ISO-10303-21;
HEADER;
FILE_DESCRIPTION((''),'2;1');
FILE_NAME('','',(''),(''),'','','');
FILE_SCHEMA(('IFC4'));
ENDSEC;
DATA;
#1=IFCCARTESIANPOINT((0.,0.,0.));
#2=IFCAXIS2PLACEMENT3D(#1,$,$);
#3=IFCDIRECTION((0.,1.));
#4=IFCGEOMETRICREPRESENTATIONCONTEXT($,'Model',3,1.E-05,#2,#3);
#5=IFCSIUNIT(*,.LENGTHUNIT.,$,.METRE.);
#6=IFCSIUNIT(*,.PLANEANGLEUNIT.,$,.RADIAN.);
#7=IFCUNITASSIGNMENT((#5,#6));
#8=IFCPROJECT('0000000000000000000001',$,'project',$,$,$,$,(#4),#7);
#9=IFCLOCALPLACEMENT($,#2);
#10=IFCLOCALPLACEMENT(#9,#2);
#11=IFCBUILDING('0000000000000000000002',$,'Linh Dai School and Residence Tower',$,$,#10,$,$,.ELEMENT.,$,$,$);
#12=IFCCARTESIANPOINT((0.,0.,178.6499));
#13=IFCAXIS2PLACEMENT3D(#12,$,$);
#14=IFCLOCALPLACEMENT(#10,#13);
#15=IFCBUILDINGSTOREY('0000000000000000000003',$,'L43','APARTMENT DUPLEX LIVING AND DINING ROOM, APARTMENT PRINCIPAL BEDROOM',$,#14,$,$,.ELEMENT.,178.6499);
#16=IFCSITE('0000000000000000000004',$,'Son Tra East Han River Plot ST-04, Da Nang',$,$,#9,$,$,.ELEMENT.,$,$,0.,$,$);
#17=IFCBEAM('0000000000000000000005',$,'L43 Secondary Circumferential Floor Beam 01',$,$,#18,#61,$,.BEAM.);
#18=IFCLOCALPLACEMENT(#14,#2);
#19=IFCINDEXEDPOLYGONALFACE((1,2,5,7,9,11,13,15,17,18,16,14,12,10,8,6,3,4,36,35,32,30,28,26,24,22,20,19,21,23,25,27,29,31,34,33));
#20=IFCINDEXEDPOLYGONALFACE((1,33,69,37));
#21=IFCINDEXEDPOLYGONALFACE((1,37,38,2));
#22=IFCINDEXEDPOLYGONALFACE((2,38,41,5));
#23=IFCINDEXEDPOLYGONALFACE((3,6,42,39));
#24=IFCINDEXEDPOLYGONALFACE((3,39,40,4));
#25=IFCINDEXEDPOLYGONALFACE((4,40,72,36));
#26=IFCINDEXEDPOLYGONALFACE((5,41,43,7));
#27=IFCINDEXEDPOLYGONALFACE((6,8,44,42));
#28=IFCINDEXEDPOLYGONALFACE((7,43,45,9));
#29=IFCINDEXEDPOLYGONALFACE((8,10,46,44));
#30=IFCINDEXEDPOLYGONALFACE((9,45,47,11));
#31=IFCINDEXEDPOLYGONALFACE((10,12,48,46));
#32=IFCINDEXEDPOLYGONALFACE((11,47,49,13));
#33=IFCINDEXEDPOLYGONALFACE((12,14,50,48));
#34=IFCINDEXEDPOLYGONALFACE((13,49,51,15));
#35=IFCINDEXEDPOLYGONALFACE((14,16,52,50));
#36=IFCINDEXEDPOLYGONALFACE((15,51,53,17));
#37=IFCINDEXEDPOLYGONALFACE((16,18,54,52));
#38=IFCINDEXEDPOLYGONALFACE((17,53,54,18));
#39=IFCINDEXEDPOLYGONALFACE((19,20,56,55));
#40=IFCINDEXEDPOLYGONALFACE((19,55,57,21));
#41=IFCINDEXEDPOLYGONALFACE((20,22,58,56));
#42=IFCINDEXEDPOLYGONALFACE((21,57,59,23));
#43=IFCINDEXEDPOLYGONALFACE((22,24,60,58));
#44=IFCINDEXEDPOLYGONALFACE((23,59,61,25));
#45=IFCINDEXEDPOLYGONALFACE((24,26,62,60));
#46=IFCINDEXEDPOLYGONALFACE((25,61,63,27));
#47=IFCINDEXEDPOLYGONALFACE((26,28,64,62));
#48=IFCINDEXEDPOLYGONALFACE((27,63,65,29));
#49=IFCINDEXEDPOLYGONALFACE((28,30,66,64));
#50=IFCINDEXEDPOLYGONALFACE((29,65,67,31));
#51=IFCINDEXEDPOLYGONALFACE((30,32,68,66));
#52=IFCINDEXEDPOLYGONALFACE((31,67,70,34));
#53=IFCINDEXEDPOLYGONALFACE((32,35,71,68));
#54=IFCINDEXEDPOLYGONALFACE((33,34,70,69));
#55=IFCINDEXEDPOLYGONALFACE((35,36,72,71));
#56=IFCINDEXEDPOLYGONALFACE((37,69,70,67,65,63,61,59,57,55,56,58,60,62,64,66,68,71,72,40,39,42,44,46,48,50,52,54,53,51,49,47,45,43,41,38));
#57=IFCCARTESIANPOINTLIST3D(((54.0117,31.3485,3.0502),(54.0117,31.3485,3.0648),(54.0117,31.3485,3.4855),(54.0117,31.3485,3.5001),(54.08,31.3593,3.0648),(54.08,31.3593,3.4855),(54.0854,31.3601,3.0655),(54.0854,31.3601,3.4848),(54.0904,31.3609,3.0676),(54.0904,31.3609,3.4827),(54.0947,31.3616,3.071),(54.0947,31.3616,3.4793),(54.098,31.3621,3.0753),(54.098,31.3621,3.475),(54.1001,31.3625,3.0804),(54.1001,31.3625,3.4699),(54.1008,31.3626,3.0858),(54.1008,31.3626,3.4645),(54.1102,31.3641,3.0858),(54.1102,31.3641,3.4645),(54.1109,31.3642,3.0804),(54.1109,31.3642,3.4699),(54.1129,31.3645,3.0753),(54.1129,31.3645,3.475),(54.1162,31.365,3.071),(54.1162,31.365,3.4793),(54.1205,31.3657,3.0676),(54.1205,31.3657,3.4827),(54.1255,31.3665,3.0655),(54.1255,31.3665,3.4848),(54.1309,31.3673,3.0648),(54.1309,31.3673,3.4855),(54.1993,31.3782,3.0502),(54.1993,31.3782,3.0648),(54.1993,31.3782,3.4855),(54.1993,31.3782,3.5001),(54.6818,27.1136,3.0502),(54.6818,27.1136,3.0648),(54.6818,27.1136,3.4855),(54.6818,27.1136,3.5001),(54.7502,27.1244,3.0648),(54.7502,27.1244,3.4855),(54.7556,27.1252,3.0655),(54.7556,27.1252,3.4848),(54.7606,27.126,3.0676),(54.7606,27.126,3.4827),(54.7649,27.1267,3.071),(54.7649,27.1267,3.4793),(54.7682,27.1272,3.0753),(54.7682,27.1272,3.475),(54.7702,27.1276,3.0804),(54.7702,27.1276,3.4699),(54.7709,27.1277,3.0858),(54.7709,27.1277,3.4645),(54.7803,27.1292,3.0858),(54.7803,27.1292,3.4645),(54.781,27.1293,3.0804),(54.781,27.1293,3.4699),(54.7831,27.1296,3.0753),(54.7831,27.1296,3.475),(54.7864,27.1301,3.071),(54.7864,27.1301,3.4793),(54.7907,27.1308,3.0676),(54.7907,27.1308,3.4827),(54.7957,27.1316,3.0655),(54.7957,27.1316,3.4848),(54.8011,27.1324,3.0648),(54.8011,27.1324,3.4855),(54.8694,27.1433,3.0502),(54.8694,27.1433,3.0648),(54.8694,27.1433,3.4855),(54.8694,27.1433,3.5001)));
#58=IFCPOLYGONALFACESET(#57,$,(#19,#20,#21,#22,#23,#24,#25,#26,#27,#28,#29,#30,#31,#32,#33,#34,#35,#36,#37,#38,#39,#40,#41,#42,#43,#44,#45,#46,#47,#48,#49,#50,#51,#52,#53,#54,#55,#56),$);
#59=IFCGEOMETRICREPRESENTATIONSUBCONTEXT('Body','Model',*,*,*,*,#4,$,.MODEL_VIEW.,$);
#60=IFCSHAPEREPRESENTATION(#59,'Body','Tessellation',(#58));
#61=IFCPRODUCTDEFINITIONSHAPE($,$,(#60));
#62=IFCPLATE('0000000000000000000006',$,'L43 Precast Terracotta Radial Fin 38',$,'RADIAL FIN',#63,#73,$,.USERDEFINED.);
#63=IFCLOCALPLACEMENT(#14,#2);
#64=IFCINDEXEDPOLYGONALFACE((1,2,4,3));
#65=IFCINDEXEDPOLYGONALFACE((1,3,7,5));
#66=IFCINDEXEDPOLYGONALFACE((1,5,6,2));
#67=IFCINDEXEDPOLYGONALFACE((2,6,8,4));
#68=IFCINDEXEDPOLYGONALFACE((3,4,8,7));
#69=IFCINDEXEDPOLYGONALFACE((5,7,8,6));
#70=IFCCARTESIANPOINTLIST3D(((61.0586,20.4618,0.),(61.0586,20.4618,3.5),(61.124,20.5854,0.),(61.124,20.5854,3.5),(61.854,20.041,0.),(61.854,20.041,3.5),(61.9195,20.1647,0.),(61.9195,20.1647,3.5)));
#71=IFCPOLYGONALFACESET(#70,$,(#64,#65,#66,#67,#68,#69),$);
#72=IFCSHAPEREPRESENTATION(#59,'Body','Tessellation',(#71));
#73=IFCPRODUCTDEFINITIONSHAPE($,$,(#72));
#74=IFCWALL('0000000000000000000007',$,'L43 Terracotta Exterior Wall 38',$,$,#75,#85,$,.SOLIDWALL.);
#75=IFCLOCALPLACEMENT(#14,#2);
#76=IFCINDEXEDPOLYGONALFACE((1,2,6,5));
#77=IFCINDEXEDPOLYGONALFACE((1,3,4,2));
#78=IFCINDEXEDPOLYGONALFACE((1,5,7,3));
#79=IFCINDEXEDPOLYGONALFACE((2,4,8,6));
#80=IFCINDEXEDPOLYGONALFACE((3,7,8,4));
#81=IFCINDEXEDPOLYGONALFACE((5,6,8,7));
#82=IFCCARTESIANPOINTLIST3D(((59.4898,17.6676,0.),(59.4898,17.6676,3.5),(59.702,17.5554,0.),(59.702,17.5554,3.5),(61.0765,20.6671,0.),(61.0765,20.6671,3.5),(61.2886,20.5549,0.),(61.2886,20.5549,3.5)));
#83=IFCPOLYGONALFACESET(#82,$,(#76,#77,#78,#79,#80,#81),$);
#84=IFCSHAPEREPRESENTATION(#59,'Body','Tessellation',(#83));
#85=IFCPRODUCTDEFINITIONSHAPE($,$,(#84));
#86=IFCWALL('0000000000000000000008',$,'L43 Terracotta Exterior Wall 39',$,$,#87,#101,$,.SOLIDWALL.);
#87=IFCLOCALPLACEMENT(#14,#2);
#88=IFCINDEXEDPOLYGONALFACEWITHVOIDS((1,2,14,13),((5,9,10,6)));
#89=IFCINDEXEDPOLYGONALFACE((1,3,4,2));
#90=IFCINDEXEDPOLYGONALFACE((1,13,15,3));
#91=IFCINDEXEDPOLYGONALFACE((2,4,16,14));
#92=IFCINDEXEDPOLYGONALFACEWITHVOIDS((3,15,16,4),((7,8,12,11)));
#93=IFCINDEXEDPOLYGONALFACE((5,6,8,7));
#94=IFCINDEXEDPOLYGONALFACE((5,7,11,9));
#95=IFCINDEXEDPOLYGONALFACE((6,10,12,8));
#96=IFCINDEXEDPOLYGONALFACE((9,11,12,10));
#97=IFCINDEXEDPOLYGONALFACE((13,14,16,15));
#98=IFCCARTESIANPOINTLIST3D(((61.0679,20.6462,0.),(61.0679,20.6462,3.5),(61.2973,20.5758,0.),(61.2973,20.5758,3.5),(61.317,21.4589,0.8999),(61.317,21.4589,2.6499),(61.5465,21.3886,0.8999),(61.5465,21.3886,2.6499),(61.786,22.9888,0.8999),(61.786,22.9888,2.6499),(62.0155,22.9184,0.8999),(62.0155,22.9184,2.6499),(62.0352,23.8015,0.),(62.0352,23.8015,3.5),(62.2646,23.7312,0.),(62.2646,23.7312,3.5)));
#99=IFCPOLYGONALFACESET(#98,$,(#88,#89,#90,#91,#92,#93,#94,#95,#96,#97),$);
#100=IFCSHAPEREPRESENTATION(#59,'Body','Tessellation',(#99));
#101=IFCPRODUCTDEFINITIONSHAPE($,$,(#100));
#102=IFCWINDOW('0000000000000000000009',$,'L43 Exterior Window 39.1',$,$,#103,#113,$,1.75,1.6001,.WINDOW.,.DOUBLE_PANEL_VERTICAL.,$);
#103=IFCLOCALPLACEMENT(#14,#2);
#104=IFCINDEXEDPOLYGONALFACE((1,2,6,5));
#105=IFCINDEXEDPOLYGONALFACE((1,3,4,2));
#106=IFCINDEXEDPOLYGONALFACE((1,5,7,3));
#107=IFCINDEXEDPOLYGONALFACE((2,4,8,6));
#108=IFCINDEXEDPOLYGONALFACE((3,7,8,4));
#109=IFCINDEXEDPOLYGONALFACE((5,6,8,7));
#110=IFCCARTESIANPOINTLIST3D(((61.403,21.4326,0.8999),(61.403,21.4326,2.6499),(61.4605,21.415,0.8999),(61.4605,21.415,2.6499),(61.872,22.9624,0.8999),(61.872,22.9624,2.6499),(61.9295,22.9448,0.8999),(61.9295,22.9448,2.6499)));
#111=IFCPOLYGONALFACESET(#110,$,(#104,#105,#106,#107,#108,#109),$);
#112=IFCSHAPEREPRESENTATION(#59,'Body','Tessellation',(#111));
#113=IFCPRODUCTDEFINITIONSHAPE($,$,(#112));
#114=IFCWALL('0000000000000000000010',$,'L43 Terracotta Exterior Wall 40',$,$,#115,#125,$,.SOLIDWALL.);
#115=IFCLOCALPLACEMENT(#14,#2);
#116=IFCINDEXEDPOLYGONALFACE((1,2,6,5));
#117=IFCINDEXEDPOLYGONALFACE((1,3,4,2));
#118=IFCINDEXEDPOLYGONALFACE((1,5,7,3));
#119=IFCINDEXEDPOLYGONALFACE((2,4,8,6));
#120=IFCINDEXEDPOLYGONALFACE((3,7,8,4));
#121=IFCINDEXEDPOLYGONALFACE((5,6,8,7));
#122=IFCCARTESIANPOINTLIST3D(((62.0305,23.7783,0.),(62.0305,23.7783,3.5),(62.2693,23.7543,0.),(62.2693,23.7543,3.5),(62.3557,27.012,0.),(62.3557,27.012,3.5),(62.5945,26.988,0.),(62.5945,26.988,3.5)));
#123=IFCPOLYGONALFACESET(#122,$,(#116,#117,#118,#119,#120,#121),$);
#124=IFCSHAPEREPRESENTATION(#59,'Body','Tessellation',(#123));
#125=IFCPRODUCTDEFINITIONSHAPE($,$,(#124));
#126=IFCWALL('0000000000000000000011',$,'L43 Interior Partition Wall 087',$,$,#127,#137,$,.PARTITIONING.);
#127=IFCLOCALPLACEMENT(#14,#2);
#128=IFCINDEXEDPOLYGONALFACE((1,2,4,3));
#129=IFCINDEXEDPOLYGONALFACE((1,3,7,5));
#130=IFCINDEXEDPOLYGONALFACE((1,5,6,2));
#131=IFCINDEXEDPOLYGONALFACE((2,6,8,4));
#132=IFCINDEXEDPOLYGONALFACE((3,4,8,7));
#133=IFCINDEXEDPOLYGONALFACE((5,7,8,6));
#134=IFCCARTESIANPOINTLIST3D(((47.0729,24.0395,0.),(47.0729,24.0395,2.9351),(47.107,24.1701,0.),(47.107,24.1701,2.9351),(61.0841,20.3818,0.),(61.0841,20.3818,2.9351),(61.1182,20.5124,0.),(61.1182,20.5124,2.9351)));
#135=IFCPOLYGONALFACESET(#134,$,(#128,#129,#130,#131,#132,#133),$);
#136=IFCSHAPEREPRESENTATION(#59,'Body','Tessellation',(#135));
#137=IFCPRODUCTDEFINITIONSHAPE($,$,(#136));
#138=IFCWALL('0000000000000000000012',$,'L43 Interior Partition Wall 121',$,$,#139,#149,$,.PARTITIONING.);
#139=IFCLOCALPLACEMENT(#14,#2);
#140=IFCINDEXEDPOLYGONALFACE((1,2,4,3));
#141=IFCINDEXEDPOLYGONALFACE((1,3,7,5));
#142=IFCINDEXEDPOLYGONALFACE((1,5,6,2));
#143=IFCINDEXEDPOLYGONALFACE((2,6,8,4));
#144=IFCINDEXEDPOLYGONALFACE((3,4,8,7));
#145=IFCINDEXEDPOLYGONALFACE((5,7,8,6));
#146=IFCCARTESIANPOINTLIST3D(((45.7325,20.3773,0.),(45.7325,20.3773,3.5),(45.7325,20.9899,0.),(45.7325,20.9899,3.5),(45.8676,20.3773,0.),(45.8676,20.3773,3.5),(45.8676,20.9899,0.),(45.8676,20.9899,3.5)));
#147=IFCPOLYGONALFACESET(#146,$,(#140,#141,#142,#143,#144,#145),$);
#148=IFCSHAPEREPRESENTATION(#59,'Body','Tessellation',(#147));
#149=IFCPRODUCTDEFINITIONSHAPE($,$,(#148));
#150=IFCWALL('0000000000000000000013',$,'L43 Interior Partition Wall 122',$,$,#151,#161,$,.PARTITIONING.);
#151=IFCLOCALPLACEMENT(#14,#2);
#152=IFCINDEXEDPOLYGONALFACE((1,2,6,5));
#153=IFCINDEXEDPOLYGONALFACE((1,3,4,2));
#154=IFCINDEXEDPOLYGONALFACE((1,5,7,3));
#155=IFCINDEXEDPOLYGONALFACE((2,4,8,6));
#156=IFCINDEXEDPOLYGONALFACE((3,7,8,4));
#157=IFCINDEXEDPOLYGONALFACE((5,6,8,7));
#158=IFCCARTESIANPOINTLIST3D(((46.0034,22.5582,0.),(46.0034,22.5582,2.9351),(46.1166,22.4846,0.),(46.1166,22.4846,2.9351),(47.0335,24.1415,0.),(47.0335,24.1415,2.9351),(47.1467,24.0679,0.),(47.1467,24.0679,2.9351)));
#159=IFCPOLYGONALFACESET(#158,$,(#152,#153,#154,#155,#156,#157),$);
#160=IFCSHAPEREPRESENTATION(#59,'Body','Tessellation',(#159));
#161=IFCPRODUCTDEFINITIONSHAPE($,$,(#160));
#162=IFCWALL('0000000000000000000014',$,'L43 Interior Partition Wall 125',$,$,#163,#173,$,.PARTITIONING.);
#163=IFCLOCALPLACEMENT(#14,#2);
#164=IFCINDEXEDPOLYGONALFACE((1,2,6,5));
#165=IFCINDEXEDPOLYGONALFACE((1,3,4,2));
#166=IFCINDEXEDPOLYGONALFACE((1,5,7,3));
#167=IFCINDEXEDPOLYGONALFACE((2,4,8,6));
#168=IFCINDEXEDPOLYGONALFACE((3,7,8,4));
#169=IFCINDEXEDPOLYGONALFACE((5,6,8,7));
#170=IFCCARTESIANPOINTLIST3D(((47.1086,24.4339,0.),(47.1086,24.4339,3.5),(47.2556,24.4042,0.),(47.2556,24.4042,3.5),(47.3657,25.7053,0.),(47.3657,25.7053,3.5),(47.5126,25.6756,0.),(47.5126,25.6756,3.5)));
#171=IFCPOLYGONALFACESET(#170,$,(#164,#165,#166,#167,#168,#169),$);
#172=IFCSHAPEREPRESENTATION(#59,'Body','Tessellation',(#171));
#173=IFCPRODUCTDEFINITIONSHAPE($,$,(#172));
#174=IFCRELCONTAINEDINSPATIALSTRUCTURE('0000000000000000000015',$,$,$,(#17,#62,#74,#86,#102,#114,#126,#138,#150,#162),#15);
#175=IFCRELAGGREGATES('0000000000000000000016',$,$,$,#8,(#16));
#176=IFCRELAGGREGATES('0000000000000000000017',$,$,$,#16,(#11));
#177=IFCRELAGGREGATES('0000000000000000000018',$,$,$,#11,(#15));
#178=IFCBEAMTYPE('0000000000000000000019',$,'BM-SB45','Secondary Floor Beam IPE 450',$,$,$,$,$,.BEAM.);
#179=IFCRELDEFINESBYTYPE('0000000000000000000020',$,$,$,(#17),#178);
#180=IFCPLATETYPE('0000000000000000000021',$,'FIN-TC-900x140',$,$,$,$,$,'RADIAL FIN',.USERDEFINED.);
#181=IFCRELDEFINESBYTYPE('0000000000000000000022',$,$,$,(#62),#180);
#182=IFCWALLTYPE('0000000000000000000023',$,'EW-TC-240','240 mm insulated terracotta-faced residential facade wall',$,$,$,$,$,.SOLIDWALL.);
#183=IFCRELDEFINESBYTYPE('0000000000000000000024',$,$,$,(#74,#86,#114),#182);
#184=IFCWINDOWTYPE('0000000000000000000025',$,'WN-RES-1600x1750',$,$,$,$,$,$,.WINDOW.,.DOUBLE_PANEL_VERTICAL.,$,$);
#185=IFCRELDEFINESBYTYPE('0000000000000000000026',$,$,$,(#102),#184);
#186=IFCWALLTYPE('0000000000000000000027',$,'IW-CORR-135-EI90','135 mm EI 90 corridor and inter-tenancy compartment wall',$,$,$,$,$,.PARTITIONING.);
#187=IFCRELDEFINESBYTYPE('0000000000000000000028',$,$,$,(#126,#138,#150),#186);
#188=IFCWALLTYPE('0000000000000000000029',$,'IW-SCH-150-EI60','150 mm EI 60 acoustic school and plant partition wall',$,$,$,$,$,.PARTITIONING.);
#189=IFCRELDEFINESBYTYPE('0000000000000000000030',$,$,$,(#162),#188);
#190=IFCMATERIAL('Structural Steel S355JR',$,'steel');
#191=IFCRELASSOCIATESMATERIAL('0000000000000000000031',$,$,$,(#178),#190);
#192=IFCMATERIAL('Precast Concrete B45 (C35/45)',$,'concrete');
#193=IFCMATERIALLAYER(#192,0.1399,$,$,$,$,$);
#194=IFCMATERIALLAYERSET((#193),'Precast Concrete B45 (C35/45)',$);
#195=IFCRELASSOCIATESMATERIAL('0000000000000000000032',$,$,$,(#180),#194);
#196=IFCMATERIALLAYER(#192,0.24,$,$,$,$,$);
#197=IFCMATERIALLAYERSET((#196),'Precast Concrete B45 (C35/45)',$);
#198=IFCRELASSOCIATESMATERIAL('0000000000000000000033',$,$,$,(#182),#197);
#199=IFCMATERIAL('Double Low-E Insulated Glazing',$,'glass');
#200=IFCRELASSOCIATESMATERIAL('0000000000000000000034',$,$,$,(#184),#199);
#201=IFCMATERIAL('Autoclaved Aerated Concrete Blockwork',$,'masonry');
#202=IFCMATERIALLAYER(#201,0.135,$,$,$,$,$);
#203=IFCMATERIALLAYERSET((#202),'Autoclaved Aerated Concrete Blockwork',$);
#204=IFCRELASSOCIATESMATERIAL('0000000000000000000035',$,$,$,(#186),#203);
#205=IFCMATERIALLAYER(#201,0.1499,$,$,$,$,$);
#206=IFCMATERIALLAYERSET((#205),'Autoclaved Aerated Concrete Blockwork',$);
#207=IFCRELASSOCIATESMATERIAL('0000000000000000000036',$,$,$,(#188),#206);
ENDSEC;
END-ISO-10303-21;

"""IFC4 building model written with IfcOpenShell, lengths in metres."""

from ifc_helpers import new_model, si_unit, direction, frame, frame_2d, origin, origin_2d, place, context, subcontext, project, spatial, rectangle, i_section, extrude, source, transform, mapped, material, layer, layer_set, material_profile, profile_set, type_object, element, fill, save


model = new_model("IFC4")

# Units and contexts
model_context = context("Model", 3, precision=1e-05, world=origin(), true_north=direction((0.0, 1.0)))
body_context = subcontext(model_context, "Body", "Model", "MODEL_VIEW")
ifc_project = project(units=[si_unit("LENGTHUNIT", "METRE"), si_unit("PLANEANGLEUNIT", "RADIAN")], contexts=[model_context])

# Site, building, storey
site_placement = place(None, origin())
site = spatial("IfcSite", under=ifc_project, at=site_placement, Name="Son Tra East Han River Plot ST-04, Da Nang", CompositionType="ELEMENT", RefElevation=0.0)
building_placement = place(site_placement, origin())
building = spatial("IfcBuilding", under=site, at=building_placement, Name="Linh Dai School and Residence Tower", CompositionType="ELEMENT")
storey_placement = place(building_placement, frame((0.0, 0.0, 178.6499)))
storey = spatial("IfcBuildingStorey", under=building, at=storey_placement, Name="L43", Description="APARTMENT DUPLEX LIVING AND DINING ROOM, APARTMENT PRINCIPAL BEDROOM", CompositionType="ELEMENT", Elevation=178.6499)

# Shared definitions
ifc_material_1 = material(Name="Structural Steel S355JR", Category="steel")

# Beam
ifc_material_profile_1 = material_profile(ifc_material_1, i_section(OverallWidth=0.1899, OverallDepth=0.45, WebThickness=0.0095, FlangeThickness=0.0146, FilletRadius=0.021, at=origin_2d()), Name="IPE 450")
ifc_profile_set_1 = profile_set([ifc_material_profile_1], Name="Structural Steel S355JR")
beam_type_1 = type_object("IfcBeamType", Name="BM-SB45", Description="Secondary Floor Beam IPE 450", PredefinedType="BEAM", material=ifc_profile_set_1)
beam_1_placement = place(storey_placement, frame((54.7756, 27.1284, 3.2751), z_axis=(-0.156305, 0.987709, 0.0), x_axis=(-0.987709, -0.156305, 0.0)))
element("IfcBeam", 1, at=beam_1_placement, inside=storey, type_object=beam_type_1, Name="L43 Secondary Circumferential Floor Beam 01", PredefinedType="BEAM", context=body_context, shape_type="SweptSolid", body=[
    extrude(i_section(OverallWidth=0.1899, OverallDepth=0.45, WebThickness=0.0095, FlangeThickness=0.0146, FilletRadius=0.021, at=origin_2d()), origin(), (0.0, 0.0, 1.0), 4.2876),
])

# Plate
ifc_material_2 = material(Name="Precast Concrete B45 (C35/45)", Category="concrete")
ifc_layer_1 = layer(ifc_material_2, 0.1399)
ifc_layer_set_1 = layer_set([ifc_layer_1], Name="Precast Concrete B45 (C35/45)")
plate_type = type_object("IfcPlateType", Name="FIN-TC-900x140", ElementType="RADIAL FIN", PredefinedType="USERDEFINED", material=ifc_layer_set_1)
shared_shape_1 = source(origin(), body_context, "Body", "SweptSolid", [
    extrude(rectangle(XDim=0.8999, YDim=0.1399, at=origin_2d()), origin(), (0.0, 0.0, 1.0), 3.5),
])
plate_placement = place(storey_placement, frame((61.489, 20.3132, 0.0), z_axis=(0.0, 0.0, 1.0), x_axis=(0.883951, -0.46758, 0.0)))
element("IfcPlate", 2, at=plate_placement, inside=storey, type_object=plate_type, Name="L43 Precast Terracotta Radial Fin 38", ObjectType="RADIAL FIN", PredefinedType="USERDEFINED", context=body_context, shape_type="MappedRepresentation", body=[
    mapped(shared_shape_1, transform((0.0, 0.0, 0.0), x_axis=(1.0, 0.0, 0.0), y_axis=(0.0, 1.0, 0.0), z_axis=(0.0, 0.0, 1.0), scale=1.0)),
])

# Wall
ifc_layer_2 = layer(ifc_material_2, 0.24)
ifc_layer_set_2 = layer_set([ifc_layer_2], Name="Precast Concrete B45 (C35/45)")
wall_type_1 = type_object("IfcWallType", Name="EW-TC-240", Description="240 mm insulated terracotta-faced residential facade wall", PredefinedType="SOLIDWALL", material=ifc_layer_set_2)
wall_1_placement = place(storey_placement, frame((61.1826, 20.6111, 0.0), z_axis=(0.0, 0.0, 1.0), x_axis=(-0.467587, -0.883947, 0.0)))
element("IfcWall", 3, at=wall_1_placement, inside=storey, type_object=wall_type_1, Name="L43 Terracotta Exterior Wall 38", PredefinedType="SOLIDWALL", context=body_context, shape_type="SweptSolid", body=[
    extrude(rectangle(XDim=3.3933, YDim=0.24, at=frame_2d((1.6968, 0.0))), origin(), (0.0, 0.0, 1.0), 3.5),
])

# Wall, opening, window
wall_2_placement = place(storey_placement, frame((62.1499, 23.7664, 0.0), z_axis=(0.0, 0.0, 1.0), x_axis=(-0.293098, -0.956082, 0.0)))
wall_2 = element("IfcWall", 4, at=wall_2_placement, inside=storey, type_object=wall_type_1, Name="L43 Terracotta Exterior Wall 39", PredefinedType="SOLIDWALL", context=body_context, shape_type="SweptSolid", body=[
    extrude(rectangle(XDim=3.3003, YDim=0.24, at=frame_2d((1.6501, 0.0))), origin(), (0.0, 0.0, 1.0), 3.5),
])
opening_1_placement = place(wall_2_placement, frame((0.8501, 0.0, 0.8999)))
opening_1 = element("IfcOpeningElement", 5, at=opening_1_placement, cuts=wall_2, PredefinedType="OPENING", context=body_context, shape_type="SweptSolid", body=[
    extrude(rectangle(XDim=1.6001, YDim=1.75, at=origin_2d()), frame((0.8, 0.1299, 0.875), z_axis=(0.0, -1.0, 0.0), x_axis=(1.0, 0.0, 0.0)), (0.0, 0.0, 1.0), 0.26),
])
ifc_material_3 = material(Name="Double Low-E Insulated Glazing", Category="glass")
window_type = type_object("IfcWindowType", Name="WN-RES-1600x1750", PartitioningType="DOUBLE_PANEL_VERTICAL", PredefinedType="WINDOW", material=ifc_material_3)
shared_shape_2 = source(origin(), body_context, "Body", "SweptSolid", [
    extrude(rectangle(XDim=1.6001, YDim=1.75, at=origin_2d()), frame((0.8, 0.03, 0.875), z_axis=(0.0, -1.0, 0.0), x_axis=(1.0, 0.0, 0.0)), (0.0, 0.0, 1.0), 0.0601),
])
window_placement = place(opening_1_placement, origin())
window = element("IfcWindow", 6, at=window_placement, inside=storey, type_object=window_type, Name="L43 Exterior Window 39.1", OverallHeight=1.75, OverallWidth=1.6001, PartitioningType="DOUBLE_PANEL_VERTICAL", PredefinedType="WINDOW", context=body_context, shape_type="MappedRepresentation", body=[
    mapped(shared_shape_2, transform((0.0, 0.0, 0.0), x_axis=(1.0, 0.0, 0.0), y_axis=(0.0, 1.0, 0.0), z_axis=(0.0, 0.0, 1.0), scale=1.0)),
])
fill(opening_1, window)

# Walls
wall_3_placement = place(storey_placement, frame((62.4751, 27.0, 0.0), z_axis=(0.0, 0.0, 1.0), x_axis=(-0.100062, -0.994981, 0.0)))
element("IfcWall", 7, at=wall_3_placement, inside=storey, type_object=wall_type_1, Name="L43 Terracotta Exterior Wall 40", PredefinedType="SOLIDWALL", context=body_context, shape_type="SweptSolid", body=[
    extrude(rectangle(XDim=3.25, YDim=0.24, at=frame_2d((1.625, 0.0))), origin(), (0.0, 0.0, 1.0), 3.5),
])
ifc_material_4 = material(Name="Autoclaved Aerated Concrete Blockwork", Category="masonry")
ifc_layer_3 = layer(ifc_material_4, 0.135)
ifc_layer_set_3 = layer_set([ifc_layer_3], Name="Autoclaved Aerated Concrete Blockwork")
wall_type_2 = type_object("IfcWallType", Name="IW-CORR-135-EI90", Description="135 mm EI 90 corridor and inter-tenancy compartment wall", PredefinedType="PARTITIONING", material=ifc_layer_set_3)
wall_4_placement = place(storey_placement, frame((47.0901, 24.1047, 0.0), z_axis=(0.0, 0.0, 1.0), x_axis=(0.967573, -0.252591, 0.0)))
element("IfcWall", 8, at=wall_4_placement, inside=storey, type_object=wall_type_2, Name="L43 Interior Partition Wall 087", PredefinedType="PARTITIONING", context=body_context, shape_type="SweptSolid", body=[
    extrude(rectangle(XDim=14.4807, YDim=0.135, at=frame_2d((7.2402, 0.0))), origin(), (0.0, 0.0, 1.0), 2.9351),
])
wall_5_placement = place(storey_placement, frame((45.8, 20.3774, 0.0), z_axis=(0.0, 0.0, 1.0), x_axis=(0.0, 1.0, 0.0)))
element("IfcWall", 9, at=wall_5_placement, inside=storey, type_object=wall_type_2, Name="L43 Interior Partition Wall 121", PredefinedType="PARTITIONING", context=body_context, shape_type="SweptSolid", body=[
    extrude(rectangle(XDim=0.6125, YDim=0.135, at=frame_2d((0.3062, 0.0))), origin(), (0.0, 0.0, 1.0), 3.5),
])
wall_6_placement = place(storey_placement, frame((46.0601, 22.5215, 0.0), z_axis=(0.0, 0.0, 1.0), x_axis=(0.545329, 0.838222, 0.0)))
element("IfcWall", 10, at=wall_6_placement, inside=storey, type_object=wall_type_2, Name="L43 Interior Partition Wall 122", PredefinedType="PARTITIONING", context=body_context, shape_type="SweptSolid", body=[
    extrude(rectangle(XDim=1.8889, YDim=0.135, at=frame_2d((0.9443, 0.0))), origin(), (0.0, 0.0, 1.0), 2.9351),
])
ifc_layer_4 = layer(ifc_material_4, 0.1499)
ifc_layer_set_4 = layer_set([ifc_layer_4], Name="Autoclaved Aerated Concrete Blockwork")
wall_type_3 = type_object("IfcWallType", Name="IW-SCH-150-EI60", Description="150 mm EI 60 acoustic school and plant partition wall", PredefinedType="PARTITIONING", material=ifc_layer_set_4)
wall_7_placement = place(storey_placement, frame((47.1821, 24.4192, 0.0), z_axis=(0.0, 0.0, 1.0), x_axis=(0.198179, 0.980166, 0.0)))
element("IfcWall", 11, at=wall_7_placement, inside=storey, type_object=wall_type_3, Name="L43 Interior Partition Wall 125", PredefinedType="PARTITIONING", context=body_context, shape_type="SweptSolid", body=[
    extrude(rectangle(XDim=1.2971, YDim=0.1499, at=frame_2d((0.6484, 0.0))), origin(), (0.0, 0.0, 1.0), 3.5),
])

save(model, "model.ifc")
